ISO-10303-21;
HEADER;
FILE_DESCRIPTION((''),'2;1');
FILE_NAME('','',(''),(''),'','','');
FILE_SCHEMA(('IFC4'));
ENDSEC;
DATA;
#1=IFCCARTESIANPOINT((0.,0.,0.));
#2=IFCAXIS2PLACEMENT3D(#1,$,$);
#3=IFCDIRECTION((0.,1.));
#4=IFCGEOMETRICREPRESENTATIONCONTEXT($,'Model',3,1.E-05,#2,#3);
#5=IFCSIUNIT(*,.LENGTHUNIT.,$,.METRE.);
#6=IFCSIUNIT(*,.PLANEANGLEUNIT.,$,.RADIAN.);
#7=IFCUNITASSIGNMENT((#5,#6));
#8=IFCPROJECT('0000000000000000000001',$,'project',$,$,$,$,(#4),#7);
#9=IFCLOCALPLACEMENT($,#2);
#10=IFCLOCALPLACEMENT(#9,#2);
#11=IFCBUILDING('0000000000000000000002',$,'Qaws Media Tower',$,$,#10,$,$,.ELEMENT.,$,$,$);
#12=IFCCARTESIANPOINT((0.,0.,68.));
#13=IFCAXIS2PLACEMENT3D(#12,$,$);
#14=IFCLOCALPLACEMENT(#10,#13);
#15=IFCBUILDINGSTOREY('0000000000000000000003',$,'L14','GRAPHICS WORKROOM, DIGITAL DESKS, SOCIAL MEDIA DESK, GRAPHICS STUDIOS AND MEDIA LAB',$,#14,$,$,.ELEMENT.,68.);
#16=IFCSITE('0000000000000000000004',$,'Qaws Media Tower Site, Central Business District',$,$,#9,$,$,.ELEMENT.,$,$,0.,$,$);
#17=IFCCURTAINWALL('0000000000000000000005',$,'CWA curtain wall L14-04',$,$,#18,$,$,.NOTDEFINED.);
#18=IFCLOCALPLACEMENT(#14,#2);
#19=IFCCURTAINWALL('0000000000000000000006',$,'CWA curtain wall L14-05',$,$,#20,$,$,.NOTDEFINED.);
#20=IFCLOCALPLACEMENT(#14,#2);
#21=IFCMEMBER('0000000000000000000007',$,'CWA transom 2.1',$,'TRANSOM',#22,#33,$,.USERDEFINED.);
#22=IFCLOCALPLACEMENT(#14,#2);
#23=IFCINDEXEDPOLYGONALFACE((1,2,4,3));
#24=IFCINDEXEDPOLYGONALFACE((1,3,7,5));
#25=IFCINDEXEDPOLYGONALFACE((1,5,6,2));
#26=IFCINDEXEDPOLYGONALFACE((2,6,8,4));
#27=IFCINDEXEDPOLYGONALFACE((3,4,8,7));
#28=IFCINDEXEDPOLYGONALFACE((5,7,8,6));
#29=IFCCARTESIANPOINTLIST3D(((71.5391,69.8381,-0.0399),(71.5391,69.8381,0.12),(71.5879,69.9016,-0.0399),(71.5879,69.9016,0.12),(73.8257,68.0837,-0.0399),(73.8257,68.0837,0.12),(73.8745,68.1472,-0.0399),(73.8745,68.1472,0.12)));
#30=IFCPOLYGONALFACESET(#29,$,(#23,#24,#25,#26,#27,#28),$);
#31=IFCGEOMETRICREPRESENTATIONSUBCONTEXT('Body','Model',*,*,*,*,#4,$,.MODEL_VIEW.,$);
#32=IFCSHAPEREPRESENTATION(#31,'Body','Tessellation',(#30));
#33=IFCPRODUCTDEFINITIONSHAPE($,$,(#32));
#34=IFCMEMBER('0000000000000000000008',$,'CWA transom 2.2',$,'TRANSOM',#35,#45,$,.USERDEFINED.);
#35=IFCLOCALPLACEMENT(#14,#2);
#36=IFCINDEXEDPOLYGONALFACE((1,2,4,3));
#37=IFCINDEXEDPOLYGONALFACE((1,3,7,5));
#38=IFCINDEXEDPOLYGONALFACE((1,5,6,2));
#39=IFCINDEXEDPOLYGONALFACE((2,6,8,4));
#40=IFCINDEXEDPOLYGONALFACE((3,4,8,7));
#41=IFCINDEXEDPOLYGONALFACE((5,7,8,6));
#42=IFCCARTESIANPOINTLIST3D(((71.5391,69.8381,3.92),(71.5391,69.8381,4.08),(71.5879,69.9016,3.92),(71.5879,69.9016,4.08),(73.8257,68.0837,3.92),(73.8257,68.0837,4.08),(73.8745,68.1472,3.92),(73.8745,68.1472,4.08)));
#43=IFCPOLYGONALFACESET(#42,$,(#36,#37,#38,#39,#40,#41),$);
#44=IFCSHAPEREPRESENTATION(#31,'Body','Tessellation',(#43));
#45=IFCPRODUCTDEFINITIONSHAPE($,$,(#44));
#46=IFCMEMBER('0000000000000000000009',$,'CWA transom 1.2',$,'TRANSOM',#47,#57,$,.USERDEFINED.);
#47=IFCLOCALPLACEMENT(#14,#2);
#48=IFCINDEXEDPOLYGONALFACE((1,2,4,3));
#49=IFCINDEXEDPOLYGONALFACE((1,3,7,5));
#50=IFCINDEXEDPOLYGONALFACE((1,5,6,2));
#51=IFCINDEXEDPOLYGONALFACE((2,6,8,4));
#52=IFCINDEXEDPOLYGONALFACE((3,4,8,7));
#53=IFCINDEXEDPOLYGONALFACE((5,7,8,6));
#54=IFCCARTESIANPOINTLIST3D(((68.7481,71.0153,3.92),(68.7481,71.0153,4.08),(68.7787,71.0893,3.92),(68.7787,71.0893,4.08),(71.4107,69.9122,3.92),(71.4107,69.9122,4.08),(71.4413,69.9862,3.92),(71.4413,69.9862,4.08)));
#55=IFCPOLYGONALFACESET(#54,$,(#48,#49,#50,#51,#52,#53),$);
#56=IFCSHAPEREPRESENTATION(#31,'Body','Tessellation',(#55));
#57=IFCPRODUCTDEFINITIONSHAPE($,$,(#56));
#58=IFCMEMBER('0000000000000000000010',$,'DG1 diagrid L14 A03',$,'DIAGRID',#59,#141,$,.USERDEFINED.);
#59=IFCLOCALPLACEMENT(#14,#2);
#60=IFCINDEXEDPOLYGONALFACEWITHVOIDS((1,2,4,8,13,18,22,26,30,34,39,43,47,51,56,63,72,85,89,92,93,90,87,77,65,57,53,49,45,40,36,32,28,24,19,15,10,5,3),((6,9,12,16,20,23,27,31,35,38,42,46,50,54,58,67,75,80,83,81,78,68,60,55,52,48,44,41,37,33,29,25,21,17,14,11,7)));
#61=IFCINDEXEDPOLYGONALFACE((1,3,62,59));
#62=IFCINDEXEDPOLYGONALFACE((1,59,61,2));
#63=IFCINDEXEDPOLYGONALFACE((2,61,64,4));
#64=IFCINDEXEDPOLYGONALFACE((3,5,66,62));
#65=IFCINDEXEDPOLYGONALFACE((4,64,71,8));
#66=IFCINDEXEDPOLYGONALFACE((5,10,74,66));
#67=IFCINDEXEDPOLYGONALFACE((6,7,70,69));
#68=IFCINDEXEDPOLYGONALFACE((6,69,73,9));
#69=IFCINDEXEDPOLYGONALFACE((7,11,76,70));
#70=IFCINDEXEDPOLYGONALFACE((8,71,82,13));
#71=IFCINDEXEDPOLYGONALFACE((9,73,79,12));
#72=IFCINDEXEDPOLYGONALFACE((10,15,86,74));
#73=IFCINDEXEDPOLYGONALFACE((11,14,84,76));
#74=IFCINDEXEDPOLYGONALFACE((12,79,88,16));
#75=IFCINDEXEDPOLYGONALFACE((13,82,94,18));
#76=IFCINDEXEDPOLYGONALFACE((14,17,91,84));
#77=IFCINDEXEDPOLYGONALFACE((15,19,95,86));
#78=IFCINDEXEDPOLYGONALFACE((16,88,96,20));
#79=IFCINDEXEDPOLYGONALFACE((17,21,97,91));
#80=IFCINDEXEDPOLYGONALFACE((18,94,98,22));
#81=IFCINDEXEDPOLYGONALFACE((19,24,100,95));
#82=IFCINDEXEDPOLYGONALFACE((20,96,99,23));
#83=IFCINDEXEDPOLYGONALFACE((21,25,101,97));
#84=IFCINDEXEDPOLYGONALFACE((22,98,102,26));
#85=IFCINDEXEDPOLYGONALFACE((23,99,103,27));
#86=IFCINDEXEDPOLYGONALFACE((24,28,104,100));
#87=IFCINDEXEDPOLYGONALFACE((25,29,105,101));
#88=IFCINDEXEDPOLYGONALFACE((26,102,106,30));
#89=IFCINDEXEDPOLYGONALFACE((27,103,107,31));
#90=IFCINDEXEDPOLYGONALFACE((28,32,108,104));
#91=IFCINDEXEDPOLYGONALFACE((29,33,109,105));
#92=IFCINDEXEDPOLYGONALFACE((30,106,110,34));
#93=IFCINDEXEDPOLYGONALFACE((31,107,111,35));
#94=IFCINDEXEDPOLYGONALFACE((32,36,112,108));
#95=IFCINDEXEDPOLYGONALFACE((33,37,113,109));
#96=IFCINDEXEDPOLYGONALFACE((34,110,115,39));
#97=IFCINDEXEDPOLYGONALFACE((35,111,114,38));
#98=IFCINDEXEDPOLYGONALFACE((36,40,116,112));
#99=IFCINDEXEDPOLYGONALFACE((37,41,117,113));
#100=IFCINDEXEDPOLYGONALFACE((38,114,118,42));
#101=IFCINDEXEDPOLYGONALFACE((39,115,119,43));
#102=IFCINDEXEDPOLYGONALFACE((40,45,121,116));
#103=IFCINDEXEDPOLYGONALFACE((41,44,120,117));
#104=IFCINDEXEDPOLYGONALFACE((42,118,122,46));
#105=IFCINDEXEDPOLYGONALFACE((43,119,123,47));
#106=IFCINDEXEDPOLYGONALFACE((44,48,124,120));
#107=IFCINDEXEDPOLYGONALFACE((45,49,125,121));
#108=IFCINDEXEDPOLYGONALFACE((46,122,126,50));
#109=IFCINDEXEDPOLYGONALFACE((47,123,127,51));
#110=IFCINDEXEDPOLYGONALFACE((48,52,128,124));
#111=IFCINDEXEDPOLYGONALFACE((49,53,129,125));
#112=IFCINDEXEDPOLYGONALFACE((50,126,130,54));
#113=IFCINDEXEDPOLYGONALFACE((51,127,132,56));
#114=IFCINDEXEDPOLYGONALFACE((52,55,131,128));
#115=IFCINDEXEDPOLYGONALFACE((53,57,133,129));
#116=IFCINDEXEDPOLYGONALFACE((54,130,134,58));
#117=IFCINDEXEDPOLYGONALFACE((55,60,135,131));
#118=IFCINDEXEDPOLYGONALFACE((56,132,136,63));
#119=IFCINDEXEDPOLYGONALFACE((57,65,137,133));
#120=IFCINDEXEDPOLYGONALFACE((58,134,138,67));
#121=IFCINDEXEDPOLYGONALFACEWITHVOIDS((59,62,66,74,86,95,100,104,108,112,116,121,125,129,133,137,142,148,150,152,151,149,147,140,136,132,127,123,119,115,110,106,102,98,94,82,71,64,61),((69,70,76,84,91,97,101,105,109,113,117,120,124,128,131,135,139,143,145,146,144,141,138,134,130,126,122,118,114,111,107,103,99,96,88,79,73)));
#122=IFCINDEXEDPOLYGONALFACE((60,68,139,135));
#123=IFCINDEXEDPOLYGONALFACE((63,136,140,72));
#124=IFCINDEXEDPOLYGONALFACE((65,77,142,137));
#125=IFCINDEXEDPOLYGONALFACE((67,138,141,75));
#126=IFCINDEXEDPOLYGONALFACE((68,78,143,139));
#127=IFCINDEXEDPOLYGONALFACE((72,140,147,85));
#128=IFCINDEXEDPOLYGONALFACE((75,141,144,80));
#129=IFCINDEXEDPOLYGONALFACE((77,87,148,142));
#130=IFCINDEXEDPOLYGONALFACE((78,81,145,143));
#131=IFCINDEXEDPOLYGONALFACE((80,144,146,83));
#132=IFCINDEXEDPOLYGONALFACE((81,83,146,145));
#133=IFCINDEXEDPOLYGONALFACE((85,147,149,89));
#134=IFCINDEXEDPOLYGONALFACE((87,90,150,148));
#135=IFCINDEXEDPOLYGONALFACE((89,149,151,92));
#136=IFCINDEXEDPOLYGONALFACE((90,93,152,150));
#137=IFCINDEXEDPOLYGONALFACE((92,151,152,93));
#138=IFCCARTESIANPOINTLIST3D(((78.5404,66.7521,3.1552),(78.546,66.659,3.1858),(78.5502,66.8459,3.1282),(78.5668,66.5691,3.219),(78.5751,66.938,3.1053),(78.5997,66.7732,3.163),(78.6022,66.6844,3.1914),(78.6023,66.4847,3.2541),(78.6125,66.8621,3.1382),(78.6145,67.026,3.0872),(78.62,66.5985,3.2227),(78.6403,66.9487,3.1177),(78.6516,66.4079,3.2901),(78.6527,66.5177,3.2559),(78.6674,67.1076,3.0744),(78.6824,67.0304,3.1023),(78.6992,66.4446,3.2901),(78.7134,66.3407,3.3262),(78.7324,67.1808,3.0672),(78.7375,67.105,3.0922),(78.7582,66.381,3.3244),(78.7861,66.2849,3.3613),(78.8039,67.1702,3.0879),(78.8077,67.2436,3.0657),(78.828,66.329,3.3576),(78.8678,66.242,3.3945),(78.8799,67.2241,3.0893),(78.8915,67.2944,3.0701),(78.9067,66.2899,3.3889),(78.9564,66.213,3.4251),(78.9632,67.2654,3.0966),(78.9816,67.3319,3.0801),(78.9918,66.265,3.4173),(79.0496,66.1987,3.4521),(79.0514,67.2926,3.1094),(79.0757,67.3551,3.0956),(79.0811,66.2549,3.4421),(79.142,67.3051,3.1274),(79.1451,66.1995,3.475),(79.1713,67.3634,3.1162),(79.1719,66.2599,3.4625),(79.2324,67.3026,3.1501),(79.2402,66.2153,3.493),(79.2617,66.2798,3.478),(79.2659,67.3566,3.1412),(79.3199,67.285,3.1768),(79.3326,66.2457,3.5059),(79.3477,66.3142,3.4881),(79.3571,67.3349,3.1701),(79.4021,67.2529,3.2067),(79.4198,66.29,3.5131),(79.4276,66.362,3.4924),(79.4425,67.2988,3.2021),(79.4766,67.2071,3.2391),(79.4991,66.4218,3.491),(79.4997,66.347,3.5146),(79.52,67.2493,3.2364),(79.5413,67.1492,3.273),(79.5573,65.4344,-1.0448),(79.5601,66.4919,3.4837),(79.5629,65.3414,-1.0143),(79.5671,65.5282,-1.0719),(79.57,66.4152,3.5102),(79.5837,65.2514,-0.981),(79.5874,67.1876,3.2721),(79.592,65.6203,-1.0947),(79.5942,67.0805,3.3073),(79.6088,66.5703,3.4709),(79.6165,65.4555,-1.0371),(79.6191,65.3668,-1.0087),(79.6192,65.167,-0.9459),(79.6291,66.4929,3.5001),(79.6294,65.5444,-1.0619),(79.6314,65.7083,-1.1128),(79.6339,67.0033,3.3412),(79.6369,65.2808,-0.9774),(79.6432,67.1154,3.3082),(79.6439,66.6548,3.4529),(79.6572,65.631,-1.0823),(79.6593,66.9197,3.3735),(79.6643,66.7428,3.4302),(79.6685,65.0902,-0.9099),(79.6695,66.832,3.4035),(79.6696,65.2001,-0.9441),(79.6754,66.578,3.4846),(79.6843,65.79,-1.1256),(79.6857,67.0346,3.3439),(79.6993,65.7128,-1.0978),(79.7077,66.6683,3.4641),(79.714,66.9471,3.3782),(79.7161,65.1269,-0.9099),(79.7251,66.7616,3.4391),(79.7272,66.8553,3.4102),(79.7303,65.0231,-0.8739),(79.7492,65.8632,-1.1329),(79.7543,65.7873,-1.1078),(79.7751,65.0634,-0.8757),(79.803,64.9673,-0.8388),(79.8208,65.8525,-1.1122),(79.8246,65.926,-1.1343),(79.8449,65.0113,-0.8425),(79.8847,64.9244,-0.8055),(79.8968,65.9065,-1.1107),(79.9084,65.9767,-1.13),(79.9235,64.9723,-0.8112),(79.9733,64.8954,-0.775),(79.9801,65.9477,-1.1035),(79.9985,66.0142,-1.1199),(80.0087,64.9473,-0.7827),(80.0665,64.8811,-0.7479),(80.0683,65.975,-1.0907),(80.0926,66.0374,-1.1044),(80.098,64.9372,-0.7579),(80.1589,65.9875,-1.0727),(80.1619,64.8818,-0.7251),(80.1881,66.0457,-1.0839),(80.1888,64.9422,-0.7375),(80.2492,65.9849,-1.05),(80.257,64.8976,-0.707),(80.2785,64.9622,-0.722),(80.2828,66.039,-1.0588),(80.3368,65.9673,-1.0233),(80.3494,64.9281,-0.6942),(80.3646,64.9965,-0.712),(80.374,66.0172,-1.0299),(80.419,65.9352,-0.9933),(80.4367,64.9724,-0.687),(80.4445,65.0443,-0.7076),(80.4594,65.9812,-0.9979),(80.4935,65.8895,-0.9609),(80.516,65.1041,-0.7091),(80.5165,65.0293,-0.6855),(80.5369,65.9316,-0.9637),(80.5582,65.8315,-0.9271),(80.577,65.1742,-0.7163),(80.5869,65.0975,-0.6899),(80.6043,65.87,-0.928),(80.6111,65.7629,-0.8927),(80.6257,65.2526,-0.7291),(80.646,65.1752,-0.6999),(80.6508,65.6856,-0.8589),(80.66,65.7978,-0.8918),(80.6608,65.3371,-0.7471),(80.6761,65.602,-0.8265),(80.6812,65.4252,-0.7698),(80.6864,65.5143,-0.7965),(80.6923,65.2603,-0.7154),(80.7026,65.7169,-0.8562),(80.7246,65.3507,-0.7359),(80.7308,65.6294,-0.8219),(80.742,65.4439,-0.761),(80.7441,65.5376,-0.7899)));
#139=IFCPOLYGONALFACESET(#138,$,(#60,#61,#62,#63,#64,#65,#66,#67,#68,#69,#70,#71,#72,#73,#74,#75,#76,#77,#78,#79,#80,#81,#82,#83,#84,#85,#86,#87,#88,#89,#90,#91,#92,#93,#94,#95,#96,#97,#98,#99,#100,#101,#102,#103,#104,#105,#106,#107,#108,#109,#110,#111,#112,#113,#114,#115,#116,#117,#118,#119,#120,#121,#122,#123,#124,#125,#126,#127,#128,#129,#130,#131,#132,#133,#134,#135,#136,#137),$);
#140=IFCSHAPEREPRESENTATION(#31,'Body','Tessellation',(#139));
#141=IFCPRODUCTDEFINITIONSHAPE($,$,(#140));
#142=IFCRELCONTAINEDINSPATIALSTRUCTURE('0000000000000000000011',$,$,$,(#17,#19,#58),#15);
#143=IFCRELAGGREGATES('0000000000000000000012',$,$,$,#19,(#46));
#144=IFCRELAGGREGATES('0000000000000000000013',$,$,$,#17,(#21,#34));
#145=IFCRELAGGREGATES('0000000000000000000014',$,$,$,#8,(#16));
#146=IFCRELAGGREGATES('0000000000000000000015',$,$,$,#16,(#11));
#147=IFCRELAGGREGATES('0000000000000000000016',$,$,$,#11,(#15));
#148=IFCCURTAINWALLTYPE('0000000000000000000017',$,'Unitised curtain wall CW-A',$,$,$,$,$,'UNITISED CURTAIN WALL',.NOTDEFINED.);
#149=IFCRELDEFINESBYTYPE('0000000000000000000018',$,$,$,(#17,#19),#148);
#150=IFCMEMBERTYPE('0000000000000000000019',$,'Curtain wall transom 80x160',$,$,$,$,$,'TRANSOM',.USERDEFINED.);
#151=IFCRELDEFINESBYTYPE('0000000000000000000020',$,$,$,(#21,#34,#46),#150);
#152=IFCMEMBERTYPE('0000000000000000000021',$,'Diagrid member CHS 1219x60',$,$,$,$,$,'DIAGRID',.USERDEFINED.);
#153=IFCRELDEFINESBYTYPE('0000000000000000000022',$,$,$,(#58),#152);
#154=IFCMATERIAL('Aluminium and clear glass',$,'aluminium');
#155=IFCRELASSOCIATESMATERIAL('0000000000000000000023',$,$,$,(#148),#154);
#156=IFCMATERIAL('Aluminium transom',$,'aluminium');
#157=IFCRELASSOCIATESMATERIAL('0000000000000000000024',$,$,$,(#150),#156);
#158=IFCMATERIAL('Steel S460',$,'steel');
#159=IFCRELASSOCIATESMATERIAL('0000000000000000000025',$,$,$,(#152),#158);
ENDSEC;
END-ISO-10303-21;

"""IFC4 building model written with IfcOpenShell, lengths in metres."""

from ifc_helpers import new_model, si_unit, direction, frame, origin, origin_2d, place, context, subcontext, project, spatial, rectangle, hollow_circle, extrude, material, material_profile, profile_set, type_object, element, aggregate, save


model = new_model("IFC4")

# Units and contexts
model_context = context("Model", 3, precision=1e-05, world=origin(), true_north=direction((0.0, 1.0)))
body_context = subcontext(model_context, "Body", "Model", "MODEL_VIEW")
ifc_project = project(units=[si_unit("LENGTHUNIT", "METRE"), si_unit("PLANEANGLEUNIT", "RADIAN")], contexts=[model_context])

# Site, building, storey
site_placement = place(None, origin())
site = spatial("IfcSite", under=ifc_project, at=site_placement, Name="Qaws Media Tower Site, Central Business District", CompositionType="ELEMENT", RefElevation=0.0)
building_placement = place(site_placement, origin())
building = spatial("IfcBuilding", under=site, at=building_placement, Name="Qaws Media Tower", CompositionType="ELEMENT")
storey_placement = place(building_placement, frame((0.0, 0.0, 68.0)))
storey = spatial("IfcBuildingStorey", under=building, at=storey_placement, Name="L14", Description="GRAPHICS WORKROOM, DIGITAL DESKS, SOCIAL MEDIA DESK, GRAPHICS STUDIOS AND MEDIA LAB", CompositionType="ELEMENT", Elevation=68.0)

# Shared definitions
ifc_material_1 = material(Name="Aluminium and clear glass", Category="aluminium")
curtain_wall_type = type_object("IfcCurtainWallType", Name="Unitised curtain wall CW-A", ElementType="UNITISED CURTAIN WALL", PredefinedType="NOTDEFINED", material=ifc_material_1)

# Curtain wall
curtain_wall_1_placement = place(storey_placement, origin())
curtain_wall_1 = element("IfcCurtainWall", 1, at=curtain_wall_1_placement, inside=storey, type_object=curtain_wall_type, Name="CWA curtain wall L14-04", PredefinedType="NOTDEFINED")

# Curtain wall
curtain_wall_2_placement = place(storey_placement, origin())
curtain_wall_2 = element("IfcCurtainWall", 2, at=curtain_wall_2_placement, inside=storey, type_object=curtain_wall_type, Name="CWA curtain wall L14-05", PredefinedType="NOTDEFINED")

# Members
ifc_material_2 = material(Name="Aluminium transom", Category="aluminium")
ifc_material_profile_1 = material_profile(ifc_material_2, rectangle(XDim=0.0801, YDim=0.1599, at=origin_2d()), Name="80x160")
ifc_profile_set_1 = profile_set([ifc_material_profile_1], Name="Aluminium transom")
member_type_1 = type_object("IfcMemberType", Name="Curtain wall transom 80x160", ElementType="TRANSOM", PredefinedType="USERDEFINED", material=ifc_profile_set_1)
member_1_placement = place(storey_placement, frame((73.8501, 68.1155, 0.04), z_axis=(-0.793385, 0.60872, 0.0), x_axis=(-0.60872, -0.793385, 0.0)))
member_1 = element("IfcMember", 3, at=member_1_placement, type_object=member_type_1, Name="CWA transom 2.1", ObjectType="TRANSOM", PredefinedType="USERDEFINED", context=body_context, shape_type="SweptSolid", body=[
    extrude(rectangle(XDim=0.0801, YDim=0.1599, at=origin_2d()), origin(), (0.0, 0.0, 1.0), 2.8821),
])
member_2_placement = place(storey_placement, frame((73.8501, 68.1155, 4.0), z_axis=(-0.793385, 0.60872, 0.0), x_axis=(-0.60872, -0.793385, 0.0)))
member_2 = element("IfcMember", 4, at=member_2_placement, type_object=member_type_1, Name="CWA transom 2.2", ObjectType="TRANSOM", PredefinedType="USERDEFINED", context=body_context, shape_type="SweptSolid", body=[
    extrude(rectangle(XDim=0.0801, YDim=0.1599, at=origin_2d()), origin(), (0.0, 0.0, 1.0), 2.8821),
])
member_3_placement = place(storey_placement, frame((71.426, 69.9492, 4.0), z_axis=(-0.923862, 0.382726, 0.0), x_axis=(-0.382726, -0.923862, 0.0)))
member_3 = element("IfcMember", 5, at=member_3_placement, type_object=member_type_1, Name="CWA transom 1.2", ObjectType="TRANSOM", PredefinedType="USERDEFINED", context=body_context, shape_type="SweptSolid", body=[
    extrude(rectangle(XDim=0.0801, YDim=0.1599, at=origin_2d()), origin(), (0.0, 0.0, 1.0), 2.8821),
])
aggregate(curtain_wall_2, [member_3])

# Member
ifc_material_3 = material(Name="Steel S460", Category="steel")
ifc_material_profile_2 = material_profile(ifc_material_3, hollow_circle(Radius=0.6096, WallThickness=0.0601, at=origin_2d()), Name="CHS 1219x60")
ifc_profile_set_2 = profile_set([ifc_material_profile_2], Name="Steel S460")
member_type_2 = type_object("IfcMemberType", Name="Diagrid member CHS 1219x60", ElementType="DIAGRID", PredefinedType="USERDEFINED", material=ifc_profile_set_2)
for number, where, z_axis, x_axis, name in (
    (6, (80.1511, 65.4626, -0.9099), (-0.22508, 0.291658, 0.929664), (-0.791669, -0.610951, 0.0), "DG1 diagrid L14 A03"),
):
    element("IfcMember", number, at=place(storey_placement, frame(where, z_axis=z_axis, x_axis=x_axis)), inside=storey, type_object=member_type_2, Name=name, ObjectType="DIAGRID", PredefinedType="USERDEFINED", context=body_context, shape_type="SweptSolid", body=[
        extrude(hollow_circle(Radius=0.6096, WallThickness=0.0601, at=origin_2d()), origin(), (0.0, 0.0, 1.0), 4.5178),
    ])

aggregate(curtain_wall_1, [member_1, member_2])

save(model, "model.ifc")
